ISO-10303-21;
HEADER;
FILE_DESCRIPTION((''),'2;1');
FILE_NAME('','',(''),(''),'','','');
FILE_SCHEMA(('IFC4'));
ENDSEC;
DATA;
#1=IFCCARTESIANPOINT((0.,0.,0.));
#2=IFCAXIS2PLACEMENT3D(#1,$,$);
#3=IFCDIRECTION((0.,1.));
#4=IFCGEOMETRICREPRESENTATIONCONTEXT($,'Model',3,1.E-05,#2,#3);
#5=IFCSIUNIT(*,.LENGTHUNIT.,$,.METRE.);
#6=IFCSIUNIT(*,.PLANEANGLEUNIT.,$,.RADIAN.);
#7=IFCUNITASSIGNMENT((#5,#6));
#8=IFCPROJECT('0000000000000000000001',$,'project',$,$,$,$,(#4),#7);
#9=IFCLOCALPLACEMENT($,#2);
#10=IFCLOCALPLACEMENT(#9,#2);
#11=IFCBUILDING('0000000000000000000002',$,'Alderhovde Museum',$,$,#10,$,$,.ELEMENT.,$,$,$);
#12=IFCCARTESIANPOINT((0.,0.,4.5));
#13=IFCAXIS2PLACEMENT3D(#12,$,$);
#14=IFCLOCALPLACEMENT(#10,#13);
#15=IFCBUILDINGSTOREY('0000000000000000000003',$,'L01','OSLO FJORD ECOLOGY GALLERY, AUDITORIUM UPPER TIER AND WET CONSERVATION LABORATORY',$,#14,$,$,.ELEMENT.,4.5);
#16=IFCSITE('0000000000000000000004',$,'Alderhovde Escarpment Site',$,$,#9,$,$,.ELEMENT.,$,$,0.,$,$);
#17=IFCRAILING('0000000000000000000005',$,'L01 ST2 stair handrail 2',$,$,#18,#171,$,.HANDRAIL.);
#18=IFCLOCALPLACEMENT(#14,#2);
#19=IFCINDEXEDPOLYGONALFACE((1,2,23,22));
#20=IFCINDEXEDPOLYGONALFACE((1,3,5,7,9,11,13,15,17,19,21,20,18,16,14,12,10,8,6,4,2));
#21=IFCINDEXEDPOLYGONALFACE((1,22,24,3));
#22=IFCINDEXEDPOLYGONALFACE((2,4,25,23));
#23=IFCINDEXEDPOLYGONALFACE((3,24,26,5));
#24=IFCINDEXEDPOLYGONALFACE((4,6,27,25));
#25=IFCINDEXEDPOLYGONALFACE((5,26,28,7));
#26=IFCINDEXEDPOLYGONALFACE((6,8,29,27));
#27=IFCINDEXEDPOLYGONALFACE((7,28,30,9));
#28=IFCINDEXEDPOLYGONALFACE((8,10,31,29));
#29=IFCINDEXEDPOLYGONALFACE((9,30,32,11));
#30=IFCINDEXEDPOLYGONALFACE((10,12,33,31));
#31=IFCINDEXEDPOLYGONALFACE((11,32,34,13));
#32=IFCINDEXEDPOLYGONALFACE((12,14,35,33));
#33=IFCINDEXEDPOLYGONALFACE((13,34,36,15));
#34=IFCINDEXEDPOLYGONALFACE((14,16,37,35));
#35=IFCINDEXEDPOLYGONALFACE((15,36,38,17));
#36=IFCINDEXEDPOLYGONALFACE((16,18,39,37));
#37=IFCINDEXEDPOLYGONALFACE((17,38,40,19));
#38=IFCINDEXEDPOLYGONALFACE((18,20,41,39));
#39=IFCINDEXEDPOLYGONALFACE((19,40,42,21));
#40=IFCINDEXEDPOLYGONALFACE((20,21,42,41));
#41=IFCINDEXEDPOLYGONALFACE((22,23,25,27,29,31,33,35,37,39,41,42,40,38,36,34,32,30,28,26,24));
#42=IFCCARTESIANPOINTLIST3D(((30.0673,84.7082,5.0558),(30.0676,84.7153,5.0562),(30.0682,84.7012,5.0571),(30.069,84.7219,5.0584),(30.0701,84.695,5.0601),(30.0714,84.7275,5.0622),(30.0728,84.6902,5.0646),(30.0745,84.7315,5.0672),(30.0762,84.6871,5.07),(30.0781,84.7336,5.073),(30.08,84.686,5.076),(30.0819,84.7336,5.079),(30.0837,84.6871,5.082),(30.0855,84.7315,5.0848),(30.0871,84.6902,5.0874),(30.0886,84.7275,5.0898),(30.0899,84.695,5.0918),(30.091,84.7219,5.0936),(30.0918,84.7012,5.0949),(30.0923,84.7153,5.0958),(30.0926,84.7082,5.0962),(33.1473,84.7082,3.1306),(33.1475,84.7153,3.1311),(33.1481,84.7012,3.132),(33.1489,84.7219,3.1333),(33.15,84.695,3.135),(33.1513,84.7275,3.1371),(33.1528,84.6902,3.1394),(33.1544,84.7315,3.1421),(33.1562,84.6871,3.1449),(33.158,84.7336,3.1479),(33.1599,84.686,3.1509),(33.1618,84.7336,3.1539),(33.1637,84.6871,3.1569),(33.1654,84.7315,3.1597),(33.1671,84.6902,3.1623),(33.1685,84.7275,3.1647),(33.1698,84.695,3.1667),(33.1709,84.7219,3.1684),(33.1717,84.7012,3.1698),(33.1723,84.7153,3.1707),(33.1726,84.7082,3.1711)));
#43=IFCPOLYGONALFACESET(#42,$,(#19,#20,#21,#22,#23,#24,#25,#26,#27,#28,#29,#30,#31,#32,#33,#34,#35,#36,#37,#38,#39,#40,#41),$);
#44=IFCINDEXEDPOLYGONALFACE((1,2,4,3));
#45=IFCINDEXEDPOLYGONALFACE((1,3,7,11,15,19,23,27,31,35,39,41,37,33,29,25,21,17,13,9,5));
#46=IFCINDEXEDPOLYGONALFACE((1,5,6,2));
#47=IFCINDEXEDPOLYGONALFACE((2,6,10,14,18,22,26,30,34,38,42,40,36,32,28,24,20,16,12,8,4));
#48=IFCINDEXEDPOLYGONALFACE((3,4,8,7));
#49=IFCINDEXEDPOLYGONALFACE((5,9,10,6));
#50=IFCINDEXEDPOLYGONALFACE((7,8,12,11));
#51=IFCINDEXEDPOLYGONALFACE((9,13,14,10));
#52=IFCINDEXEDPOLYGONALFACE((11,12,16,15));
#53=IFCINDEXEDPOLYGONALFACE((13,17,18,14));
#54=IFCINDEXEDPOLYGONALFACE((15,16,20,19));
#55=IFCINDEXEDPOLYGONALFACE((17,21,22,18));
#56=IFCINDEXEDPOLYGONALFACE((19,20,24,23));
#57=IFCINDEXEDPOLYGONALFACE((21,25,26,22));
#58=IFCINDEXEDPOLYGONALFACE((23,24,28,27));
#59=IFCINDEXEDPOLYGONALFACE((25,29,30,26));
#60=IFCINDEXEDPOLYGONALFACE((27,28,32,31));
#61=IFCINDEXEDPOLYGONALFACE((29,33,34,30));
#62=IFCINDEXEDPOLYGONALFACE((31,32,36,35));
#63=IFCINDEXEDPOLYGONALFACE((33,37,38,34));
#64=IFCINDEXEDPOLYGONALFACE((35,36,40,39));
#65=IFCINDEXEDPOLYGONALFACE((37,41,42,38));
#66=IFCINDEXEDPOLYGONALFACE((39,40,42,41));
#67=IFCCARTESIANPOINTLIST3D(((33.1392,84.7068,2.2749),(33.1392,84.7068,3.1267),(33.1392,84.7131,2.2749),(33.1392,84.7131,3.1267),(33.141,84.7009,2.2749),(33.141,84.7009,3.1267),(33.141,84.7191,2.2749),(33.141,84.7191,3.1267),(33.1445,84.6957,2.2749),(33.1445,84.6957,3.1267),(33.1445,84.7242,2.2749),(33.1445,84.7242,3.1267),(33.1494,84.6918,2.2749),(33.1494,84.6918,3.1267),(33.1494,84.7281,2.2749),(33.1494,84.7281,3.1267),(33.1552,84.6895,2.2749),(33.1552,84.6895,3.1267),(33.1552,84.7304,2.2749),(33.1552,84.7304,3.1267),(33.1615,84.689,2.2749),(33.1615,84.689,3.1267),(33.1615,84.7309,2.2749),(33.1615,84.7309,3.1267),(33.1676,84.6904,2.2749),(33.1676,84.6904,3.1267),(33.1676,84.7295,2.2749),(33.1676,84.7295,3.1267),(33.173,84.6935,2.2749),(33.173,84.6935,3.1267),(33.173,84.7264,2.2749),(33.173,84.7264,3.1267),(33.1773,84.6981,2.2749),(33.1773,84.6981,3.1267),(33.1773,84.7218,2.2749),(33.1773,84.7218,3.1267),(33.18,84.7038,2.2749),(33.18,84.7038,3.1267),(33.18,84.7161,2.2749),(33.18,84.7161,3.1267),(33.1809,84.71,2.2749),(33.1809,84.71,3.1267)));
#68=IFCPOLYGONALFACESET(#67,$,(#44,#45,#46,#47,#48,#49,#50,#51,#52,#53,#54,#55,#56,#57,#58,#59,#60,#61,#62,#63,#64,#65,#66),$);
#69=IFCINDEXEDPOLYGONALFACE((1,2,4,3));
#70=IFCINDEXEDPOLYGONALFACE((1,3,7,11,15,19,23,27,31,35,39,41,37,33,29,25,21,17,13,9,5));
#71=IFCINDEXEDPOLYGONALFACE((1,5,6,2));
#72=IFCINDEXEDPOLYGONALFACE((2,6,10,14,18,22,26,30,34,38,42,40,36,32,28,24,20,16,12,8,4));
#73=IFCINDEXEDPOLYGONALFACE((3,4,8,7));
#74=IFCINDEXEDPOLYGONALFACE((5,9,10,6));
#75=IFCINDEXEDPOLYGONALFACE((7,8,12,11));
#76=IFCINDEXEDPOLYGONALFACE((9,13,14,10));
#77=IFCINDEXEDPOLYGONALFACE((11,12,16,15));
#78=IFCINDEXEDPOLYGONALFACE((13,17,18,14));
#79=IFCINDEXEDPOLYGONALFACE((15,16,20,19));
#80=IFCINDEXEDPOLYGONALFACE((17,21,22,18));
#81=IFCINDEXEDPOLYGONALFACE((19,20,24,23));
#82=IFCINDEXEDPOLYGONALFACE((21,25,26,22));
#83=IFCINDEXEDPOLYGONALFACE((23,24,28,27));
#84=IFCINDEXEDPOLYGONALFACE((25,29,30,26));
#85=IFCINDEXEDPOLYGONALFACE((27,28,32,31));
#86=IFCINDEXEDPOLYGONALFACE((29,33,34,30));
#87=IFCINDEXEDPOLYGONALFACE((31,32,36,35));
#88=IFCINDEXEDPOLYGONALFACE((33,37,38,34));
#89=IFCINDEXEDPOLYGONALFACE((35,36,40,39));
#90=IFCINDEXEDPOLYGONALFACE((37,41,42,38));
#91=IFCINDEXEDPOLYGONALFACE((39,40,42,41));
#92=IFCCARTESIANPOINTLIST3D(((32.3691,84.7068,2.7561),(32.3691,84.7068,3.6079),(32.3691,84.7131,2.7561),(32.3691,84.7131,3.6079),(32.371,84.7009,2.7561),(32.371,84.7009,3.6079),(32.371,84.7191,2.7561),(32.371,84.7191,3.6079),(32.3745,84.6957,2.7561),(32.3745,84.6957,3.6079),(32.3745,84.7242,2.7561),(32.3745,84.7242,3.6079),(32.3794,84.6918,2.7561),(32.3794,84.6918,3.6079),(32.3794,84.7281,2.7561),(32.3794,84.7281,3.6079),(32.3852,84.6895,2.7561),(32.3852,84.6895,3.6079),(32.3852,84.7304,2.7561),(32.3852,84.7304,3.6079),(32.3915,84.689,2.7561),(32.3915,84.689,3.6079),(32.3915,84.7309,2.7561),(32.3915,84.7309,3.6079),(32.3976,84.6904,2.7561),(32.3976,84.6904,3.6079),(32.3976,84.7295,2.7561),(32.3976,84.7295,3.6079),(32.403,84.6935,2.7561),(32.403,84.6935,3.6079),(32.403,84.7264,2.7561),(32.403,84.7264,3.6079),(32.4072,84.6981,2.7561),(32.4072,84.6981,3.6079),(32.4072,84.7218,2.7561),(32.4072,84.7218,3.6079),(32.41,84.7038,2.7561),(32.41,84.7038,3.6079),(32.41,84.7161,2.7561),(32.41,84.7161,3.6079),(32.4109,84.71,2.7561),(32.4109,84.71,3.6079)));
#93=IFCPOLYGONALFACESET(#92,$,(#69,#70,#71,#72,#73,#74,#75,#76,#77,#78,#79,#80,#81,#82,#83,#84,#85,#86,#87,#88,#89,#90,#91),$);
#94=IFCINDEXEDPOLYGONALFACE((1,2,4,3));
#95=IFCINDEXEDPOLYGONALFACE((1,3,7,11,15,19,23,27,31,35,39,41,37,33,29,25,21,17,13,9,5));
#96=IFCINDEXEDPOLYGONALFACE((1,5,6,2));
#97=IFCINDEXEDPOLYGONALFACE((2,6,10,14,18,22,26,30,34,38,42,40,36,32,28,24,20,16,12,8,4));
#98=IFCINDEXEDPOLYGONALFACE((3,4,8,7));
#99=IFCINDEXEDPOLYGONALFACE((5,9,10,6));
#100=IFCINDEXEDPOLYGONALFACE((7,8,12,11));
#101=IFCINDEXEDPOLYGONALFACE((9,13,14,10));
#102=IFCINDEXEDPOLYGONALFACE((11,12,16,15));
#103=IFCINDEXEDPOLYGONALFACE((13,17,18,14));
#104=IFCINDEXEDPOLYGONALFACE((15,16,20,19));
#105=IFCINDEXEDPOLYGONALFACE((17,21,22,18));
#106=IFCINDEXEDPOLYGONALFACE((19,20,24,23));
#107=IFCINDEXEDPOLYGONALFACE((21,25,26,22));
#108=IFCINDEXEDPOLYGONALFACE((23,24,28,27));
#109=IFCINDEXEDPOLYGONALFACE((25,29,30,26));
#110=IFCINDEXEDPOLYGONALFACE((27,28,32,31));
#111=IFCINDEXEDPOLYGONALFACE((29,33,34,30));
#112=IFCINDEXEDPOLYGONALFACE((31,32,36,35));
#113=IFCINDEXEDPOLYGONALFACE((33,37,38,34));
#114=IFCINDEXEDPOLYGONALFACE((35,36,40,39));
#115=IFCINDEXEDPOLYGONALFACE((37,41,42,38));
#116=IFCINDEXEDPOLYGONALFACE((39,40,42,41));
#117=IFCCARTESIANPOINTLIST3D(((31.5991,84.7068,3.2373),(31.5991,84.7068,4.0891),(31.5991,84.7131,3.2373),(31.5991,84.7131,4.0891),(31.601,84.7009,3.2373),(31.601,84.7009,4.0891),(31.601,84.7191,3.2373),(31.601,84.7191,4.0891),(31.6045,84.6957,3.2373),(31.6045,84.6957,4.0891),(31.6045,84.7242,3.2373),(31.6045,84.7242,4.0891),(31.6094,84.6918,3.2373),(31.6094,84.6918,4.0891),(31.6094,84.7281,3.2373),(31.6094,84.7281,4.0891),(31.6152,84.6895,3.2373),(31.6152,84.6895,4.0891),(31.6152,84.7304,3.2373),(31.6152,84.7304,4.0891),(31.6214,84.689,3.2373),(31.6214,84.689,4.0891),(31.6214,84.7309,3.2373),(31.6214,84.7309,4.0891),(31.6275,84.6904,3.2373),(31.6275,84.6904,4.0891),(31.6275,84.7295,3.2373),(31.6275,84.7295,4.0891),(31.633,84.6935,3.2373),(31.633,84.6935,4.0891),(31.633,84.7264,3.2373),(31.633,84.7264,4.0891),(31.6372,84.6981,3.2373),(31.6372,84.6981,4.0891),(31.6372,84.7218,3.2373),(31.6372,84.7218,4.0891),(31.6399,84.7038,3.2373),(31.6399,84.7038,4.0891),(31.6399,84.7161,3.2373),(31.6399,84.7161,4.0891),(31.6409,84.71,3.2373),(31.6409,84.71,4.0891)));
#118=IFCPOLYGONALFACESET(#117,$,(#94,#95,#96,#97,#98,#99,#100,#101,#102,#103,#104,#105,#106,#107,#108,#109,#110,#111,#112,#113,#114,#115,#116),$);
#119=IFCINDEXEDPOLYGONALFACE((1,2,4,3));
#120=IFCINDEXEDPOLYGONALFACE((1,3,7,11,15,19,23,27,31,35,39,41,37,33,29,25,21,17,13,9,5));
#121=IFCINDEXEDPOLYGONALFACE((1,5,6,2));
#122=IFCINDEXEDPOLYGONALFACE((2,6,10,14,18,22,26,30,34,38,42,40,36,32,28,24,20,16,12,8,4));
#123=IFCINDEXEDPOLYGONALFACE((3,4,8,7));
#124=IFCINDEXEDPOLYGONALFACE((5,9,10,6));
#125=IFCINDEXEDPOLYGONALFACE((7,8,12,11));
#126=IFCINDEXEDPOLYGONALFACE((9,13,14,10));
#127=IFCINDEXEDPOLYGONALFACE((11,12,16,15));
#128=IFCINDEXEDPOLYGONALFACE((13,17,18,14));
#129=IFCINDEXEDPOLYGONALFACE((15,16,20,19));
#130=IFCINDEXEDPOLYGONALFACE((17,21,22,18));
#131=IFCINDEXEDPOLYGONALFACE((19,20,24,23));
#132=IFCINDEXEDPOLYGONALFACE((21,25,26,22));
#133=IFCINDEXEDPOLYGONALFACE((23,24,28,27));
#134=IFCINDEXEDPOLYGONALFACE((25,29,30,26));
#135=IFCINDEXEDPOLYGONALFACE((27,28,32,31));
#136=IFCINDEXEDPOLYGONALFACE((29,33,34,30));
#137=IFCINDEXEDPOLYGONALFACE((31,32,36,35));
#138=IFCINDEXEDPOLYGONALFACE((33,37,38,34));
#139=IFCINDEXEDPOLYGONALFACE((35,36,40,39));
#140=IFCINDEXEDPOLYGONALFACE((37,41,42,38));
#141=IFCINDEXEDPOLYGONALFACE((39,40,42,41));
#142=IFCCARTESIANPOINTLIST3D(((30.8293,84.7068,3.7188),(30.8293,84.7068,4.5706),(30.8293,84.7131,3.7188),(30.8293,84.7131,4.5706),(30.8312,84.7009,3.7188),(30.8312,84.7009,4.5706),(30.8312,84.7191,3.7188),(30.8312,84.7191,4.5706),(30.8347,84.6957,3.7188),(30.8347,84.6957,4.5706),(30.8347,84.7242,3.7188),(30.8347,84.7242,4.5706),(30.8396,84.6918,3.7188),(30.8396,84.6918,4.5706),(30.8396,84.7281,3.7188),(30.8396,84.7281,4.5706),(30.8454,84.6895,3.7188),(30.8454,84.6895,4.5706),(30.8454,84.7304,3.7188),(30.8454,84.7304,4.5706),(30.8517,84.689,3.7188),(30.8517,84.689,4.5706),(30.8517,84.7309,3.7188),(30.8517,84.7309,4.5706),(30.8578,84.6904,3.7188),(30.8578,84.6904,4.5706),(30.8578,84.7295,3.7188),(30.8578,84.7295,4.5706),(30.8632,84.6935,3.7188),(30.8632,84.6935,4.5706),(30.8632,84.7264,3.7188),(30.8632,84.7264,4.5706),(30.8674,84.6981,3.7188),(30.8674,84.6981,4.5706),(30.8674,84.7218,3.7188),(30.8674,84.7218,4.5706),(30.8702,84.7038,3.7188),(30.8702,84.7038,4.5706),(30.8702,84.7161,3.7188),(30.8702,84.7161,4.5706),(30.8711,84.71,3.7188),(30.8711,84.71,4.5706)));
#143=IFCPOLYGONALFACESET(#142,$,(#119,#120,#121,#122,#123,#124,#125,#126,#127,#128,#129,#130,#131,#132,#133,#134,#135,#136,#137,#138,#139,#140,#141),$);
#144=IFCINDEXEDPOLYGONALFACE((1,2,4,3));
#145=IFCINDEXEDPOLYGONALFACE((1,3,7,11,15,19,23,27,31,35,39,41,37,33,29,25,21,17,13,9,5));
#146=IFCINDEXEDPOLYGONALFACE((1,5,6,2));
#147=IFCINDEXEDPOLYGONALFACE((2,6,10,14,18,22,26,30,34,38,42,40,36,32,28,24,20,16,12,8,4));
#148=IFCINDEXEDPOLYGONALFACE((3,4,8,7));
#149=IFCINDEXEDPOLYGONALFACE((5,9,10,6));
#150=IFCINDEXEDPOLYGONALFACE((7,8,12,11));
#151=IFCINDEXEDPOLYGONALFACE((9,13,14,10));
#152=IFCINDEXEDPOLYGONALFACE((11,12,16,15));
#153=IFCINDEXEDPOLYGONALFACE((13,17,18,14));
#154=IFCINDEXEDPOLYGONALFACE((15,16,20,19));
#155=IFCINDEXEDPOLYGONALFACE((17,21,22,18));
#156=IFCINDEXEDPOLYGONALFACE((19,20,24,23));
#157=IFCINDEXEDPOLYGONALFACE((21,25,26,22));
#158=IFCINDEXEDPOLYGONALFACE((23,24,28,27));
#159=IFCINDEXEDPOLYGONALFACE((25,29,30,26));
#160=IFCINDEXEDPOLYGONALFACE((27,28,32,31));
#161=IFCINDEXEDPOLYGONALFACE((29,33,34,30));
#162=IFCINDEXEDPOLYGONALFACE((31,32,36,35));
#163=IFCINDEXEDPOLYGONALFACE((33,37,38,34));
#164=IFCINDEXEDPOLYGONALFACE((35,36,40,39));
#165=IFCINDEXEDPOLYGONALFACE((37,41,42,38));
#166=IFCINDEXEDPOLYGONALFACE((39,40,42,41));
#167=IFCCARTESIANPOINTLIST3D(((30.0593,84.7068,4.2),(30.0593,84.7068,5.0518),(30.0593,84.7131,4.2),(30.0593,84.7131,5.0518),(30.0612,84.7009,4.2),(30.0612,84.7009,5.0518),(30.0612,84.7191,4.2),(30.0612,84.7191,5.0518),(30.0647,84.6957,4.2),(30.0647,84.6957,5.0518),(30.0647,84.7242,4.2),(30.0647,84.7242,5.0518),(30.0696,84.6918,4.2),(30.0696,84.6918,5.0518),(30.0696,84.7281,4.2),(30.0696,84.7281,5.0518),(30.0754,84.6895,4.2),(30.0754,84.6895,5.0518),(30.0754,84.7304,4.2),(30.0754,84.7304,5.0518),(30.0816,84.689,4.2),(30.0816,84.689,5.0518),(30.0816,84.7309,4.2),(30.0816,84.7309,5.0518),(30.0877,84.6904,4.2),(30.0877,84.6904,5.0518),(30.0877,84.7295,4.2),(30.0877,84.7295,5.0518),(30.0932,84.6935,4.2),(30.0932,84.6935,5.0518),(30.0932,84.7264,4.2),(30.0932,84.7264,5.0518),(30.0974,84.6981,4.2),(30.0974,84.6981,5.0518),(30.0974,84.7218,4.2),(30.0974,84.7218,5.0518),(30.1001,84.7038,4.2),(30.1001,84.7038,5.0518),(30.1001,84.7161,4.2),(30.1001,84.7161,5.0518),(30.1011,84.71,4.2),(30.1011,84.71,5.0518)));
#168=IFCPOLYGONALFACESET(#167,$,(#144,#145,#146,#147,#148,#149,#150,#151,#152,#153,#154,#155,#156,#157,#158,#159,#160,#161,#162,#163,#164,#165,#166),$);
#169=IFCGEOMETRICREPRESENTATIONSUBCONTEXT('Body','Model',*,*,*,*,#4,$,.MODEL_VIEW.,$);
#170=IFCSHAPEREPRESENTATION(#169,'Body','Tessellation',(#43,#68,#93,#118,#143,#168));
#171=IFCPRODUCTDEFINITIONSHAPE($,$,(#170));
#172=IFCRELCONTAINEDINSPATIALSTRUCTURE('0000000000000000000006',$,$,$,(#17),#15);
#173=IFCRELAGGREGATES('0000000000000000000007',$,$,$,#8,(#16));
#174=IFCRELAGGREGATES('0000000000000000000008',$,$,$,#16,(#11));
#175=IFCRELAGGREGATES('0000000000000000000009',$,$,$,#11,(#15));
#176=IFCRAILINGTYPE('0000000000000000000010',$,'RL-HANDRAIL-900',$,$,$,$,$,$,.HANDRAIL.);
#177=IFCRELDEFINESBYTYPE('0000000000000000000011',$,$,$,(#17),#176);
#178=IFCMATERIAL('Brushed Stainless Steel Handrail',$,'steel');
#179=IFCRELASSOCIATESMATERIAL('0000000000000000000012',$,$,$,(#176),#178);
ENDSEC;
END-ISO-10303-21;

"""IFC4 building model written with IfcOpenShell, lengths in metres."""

from ifc_helpers import new_model, si_unit, direction, frame, origin, origin_2d, place, context, subcontext, project, spatial, circle, extrude, material, type_object, element, save


model = new_model("IFC4")

# Units and contexts
model_context = context("Model", 3, precision=1e-05, world=origin(), true_north=direction((0.0, 1.0)))
body_context = subcontext(model_context, "Body", "Model", "MODEL_VIEW")
ifc_project = project(units=[si_unit("LENGTHUNIT", "METRE"), si_unit("PLANEANGLEUNIT", "RADIAN")], contexts=[model_context])

# Site, building, storey
site_placement = place(None, origin())
site = spatial("IfcSite", under=ifc_project, at=site_placement, Name="Alderhovde Escarpment Site", CompositionType="ELEMENT", RefElevation=0.0)
building_placement = place(site_placement, origin())
building = spatial("IfcBuilding", under=site, at=building_placement, Name="Alderhovde Museum", CompositionType="ELEMENT")
storey_placement = place(building_placement, frame((0.0, 0.0, 4.5)))
storey = spatial("IfcBuildingStorey", under=building, at=storey_placement, Name="L01", Description="OSLO FJORD ECOLOGY GALLERY, AUDITORIUM UPPER TIER AND WET CONSERVATION LABORATORY", CompositionType="ELEMENT", Elevation=4.5)

# Railing
ifc_material_1 = material(Name="Brushed Stainless Steel Handrail", Category="steel")
railing_type_1 = type_object("IfcRailingType", Name="RL-HANDRAIL-900", PredefinedType="HANDRAIL", material=ifc_material_1)
railing_1_placement = place(storey_placement, frame((33.1599, 84.71, 2.2749)))
element("IfcRailing", 1, at=railing_1_placement, inside=storey, type_object=railing_type_1, Name="L01 ST2 stair handrail 2", PredefinedType="HANDRAIL", context=body_context, shape_type="SweptSolid", body=[
    extrude(circle(Radius=0.0239, at=origin_2d()), frame((0.0, 0.0, 0.876), z_axis=(-0.847979, 0.0, 0.530029), x_axis=(0.0, -1.0, 0.0)), (0.0, 0.0, 1.0), 3.6321),
    extrude(circle(Radius=0.021, at=origin_2d()), origin(), (0.0, 0.0, 1.0), 0.8518),
    extrude(circle(Radius=0.021, at=origin_2d()), frame((-0.77, 0.0, 0.4812)), (0.0, 0.0, 1.0), 0.8518),
    extrude(circle(Radius=0.021, at=origin_2d()), frame((-1.54, 0.0, 0.9624)), (0.0, 0.0, 1.0), 0.8518),
    extrude(circle(Radius=0.021, at=origin_2d()), frame((-2.3098, 0.0, 1.4438)), (0.0, 0.0, 1.0), 0.8518),
    extrude(circle(Radius=0.021, at=origin_2d()), frame((-3.0798, 0.0, 1.925)), (0.0, 0.0, 1.0), 0.8518),
])

save(model, "model.ifc")
